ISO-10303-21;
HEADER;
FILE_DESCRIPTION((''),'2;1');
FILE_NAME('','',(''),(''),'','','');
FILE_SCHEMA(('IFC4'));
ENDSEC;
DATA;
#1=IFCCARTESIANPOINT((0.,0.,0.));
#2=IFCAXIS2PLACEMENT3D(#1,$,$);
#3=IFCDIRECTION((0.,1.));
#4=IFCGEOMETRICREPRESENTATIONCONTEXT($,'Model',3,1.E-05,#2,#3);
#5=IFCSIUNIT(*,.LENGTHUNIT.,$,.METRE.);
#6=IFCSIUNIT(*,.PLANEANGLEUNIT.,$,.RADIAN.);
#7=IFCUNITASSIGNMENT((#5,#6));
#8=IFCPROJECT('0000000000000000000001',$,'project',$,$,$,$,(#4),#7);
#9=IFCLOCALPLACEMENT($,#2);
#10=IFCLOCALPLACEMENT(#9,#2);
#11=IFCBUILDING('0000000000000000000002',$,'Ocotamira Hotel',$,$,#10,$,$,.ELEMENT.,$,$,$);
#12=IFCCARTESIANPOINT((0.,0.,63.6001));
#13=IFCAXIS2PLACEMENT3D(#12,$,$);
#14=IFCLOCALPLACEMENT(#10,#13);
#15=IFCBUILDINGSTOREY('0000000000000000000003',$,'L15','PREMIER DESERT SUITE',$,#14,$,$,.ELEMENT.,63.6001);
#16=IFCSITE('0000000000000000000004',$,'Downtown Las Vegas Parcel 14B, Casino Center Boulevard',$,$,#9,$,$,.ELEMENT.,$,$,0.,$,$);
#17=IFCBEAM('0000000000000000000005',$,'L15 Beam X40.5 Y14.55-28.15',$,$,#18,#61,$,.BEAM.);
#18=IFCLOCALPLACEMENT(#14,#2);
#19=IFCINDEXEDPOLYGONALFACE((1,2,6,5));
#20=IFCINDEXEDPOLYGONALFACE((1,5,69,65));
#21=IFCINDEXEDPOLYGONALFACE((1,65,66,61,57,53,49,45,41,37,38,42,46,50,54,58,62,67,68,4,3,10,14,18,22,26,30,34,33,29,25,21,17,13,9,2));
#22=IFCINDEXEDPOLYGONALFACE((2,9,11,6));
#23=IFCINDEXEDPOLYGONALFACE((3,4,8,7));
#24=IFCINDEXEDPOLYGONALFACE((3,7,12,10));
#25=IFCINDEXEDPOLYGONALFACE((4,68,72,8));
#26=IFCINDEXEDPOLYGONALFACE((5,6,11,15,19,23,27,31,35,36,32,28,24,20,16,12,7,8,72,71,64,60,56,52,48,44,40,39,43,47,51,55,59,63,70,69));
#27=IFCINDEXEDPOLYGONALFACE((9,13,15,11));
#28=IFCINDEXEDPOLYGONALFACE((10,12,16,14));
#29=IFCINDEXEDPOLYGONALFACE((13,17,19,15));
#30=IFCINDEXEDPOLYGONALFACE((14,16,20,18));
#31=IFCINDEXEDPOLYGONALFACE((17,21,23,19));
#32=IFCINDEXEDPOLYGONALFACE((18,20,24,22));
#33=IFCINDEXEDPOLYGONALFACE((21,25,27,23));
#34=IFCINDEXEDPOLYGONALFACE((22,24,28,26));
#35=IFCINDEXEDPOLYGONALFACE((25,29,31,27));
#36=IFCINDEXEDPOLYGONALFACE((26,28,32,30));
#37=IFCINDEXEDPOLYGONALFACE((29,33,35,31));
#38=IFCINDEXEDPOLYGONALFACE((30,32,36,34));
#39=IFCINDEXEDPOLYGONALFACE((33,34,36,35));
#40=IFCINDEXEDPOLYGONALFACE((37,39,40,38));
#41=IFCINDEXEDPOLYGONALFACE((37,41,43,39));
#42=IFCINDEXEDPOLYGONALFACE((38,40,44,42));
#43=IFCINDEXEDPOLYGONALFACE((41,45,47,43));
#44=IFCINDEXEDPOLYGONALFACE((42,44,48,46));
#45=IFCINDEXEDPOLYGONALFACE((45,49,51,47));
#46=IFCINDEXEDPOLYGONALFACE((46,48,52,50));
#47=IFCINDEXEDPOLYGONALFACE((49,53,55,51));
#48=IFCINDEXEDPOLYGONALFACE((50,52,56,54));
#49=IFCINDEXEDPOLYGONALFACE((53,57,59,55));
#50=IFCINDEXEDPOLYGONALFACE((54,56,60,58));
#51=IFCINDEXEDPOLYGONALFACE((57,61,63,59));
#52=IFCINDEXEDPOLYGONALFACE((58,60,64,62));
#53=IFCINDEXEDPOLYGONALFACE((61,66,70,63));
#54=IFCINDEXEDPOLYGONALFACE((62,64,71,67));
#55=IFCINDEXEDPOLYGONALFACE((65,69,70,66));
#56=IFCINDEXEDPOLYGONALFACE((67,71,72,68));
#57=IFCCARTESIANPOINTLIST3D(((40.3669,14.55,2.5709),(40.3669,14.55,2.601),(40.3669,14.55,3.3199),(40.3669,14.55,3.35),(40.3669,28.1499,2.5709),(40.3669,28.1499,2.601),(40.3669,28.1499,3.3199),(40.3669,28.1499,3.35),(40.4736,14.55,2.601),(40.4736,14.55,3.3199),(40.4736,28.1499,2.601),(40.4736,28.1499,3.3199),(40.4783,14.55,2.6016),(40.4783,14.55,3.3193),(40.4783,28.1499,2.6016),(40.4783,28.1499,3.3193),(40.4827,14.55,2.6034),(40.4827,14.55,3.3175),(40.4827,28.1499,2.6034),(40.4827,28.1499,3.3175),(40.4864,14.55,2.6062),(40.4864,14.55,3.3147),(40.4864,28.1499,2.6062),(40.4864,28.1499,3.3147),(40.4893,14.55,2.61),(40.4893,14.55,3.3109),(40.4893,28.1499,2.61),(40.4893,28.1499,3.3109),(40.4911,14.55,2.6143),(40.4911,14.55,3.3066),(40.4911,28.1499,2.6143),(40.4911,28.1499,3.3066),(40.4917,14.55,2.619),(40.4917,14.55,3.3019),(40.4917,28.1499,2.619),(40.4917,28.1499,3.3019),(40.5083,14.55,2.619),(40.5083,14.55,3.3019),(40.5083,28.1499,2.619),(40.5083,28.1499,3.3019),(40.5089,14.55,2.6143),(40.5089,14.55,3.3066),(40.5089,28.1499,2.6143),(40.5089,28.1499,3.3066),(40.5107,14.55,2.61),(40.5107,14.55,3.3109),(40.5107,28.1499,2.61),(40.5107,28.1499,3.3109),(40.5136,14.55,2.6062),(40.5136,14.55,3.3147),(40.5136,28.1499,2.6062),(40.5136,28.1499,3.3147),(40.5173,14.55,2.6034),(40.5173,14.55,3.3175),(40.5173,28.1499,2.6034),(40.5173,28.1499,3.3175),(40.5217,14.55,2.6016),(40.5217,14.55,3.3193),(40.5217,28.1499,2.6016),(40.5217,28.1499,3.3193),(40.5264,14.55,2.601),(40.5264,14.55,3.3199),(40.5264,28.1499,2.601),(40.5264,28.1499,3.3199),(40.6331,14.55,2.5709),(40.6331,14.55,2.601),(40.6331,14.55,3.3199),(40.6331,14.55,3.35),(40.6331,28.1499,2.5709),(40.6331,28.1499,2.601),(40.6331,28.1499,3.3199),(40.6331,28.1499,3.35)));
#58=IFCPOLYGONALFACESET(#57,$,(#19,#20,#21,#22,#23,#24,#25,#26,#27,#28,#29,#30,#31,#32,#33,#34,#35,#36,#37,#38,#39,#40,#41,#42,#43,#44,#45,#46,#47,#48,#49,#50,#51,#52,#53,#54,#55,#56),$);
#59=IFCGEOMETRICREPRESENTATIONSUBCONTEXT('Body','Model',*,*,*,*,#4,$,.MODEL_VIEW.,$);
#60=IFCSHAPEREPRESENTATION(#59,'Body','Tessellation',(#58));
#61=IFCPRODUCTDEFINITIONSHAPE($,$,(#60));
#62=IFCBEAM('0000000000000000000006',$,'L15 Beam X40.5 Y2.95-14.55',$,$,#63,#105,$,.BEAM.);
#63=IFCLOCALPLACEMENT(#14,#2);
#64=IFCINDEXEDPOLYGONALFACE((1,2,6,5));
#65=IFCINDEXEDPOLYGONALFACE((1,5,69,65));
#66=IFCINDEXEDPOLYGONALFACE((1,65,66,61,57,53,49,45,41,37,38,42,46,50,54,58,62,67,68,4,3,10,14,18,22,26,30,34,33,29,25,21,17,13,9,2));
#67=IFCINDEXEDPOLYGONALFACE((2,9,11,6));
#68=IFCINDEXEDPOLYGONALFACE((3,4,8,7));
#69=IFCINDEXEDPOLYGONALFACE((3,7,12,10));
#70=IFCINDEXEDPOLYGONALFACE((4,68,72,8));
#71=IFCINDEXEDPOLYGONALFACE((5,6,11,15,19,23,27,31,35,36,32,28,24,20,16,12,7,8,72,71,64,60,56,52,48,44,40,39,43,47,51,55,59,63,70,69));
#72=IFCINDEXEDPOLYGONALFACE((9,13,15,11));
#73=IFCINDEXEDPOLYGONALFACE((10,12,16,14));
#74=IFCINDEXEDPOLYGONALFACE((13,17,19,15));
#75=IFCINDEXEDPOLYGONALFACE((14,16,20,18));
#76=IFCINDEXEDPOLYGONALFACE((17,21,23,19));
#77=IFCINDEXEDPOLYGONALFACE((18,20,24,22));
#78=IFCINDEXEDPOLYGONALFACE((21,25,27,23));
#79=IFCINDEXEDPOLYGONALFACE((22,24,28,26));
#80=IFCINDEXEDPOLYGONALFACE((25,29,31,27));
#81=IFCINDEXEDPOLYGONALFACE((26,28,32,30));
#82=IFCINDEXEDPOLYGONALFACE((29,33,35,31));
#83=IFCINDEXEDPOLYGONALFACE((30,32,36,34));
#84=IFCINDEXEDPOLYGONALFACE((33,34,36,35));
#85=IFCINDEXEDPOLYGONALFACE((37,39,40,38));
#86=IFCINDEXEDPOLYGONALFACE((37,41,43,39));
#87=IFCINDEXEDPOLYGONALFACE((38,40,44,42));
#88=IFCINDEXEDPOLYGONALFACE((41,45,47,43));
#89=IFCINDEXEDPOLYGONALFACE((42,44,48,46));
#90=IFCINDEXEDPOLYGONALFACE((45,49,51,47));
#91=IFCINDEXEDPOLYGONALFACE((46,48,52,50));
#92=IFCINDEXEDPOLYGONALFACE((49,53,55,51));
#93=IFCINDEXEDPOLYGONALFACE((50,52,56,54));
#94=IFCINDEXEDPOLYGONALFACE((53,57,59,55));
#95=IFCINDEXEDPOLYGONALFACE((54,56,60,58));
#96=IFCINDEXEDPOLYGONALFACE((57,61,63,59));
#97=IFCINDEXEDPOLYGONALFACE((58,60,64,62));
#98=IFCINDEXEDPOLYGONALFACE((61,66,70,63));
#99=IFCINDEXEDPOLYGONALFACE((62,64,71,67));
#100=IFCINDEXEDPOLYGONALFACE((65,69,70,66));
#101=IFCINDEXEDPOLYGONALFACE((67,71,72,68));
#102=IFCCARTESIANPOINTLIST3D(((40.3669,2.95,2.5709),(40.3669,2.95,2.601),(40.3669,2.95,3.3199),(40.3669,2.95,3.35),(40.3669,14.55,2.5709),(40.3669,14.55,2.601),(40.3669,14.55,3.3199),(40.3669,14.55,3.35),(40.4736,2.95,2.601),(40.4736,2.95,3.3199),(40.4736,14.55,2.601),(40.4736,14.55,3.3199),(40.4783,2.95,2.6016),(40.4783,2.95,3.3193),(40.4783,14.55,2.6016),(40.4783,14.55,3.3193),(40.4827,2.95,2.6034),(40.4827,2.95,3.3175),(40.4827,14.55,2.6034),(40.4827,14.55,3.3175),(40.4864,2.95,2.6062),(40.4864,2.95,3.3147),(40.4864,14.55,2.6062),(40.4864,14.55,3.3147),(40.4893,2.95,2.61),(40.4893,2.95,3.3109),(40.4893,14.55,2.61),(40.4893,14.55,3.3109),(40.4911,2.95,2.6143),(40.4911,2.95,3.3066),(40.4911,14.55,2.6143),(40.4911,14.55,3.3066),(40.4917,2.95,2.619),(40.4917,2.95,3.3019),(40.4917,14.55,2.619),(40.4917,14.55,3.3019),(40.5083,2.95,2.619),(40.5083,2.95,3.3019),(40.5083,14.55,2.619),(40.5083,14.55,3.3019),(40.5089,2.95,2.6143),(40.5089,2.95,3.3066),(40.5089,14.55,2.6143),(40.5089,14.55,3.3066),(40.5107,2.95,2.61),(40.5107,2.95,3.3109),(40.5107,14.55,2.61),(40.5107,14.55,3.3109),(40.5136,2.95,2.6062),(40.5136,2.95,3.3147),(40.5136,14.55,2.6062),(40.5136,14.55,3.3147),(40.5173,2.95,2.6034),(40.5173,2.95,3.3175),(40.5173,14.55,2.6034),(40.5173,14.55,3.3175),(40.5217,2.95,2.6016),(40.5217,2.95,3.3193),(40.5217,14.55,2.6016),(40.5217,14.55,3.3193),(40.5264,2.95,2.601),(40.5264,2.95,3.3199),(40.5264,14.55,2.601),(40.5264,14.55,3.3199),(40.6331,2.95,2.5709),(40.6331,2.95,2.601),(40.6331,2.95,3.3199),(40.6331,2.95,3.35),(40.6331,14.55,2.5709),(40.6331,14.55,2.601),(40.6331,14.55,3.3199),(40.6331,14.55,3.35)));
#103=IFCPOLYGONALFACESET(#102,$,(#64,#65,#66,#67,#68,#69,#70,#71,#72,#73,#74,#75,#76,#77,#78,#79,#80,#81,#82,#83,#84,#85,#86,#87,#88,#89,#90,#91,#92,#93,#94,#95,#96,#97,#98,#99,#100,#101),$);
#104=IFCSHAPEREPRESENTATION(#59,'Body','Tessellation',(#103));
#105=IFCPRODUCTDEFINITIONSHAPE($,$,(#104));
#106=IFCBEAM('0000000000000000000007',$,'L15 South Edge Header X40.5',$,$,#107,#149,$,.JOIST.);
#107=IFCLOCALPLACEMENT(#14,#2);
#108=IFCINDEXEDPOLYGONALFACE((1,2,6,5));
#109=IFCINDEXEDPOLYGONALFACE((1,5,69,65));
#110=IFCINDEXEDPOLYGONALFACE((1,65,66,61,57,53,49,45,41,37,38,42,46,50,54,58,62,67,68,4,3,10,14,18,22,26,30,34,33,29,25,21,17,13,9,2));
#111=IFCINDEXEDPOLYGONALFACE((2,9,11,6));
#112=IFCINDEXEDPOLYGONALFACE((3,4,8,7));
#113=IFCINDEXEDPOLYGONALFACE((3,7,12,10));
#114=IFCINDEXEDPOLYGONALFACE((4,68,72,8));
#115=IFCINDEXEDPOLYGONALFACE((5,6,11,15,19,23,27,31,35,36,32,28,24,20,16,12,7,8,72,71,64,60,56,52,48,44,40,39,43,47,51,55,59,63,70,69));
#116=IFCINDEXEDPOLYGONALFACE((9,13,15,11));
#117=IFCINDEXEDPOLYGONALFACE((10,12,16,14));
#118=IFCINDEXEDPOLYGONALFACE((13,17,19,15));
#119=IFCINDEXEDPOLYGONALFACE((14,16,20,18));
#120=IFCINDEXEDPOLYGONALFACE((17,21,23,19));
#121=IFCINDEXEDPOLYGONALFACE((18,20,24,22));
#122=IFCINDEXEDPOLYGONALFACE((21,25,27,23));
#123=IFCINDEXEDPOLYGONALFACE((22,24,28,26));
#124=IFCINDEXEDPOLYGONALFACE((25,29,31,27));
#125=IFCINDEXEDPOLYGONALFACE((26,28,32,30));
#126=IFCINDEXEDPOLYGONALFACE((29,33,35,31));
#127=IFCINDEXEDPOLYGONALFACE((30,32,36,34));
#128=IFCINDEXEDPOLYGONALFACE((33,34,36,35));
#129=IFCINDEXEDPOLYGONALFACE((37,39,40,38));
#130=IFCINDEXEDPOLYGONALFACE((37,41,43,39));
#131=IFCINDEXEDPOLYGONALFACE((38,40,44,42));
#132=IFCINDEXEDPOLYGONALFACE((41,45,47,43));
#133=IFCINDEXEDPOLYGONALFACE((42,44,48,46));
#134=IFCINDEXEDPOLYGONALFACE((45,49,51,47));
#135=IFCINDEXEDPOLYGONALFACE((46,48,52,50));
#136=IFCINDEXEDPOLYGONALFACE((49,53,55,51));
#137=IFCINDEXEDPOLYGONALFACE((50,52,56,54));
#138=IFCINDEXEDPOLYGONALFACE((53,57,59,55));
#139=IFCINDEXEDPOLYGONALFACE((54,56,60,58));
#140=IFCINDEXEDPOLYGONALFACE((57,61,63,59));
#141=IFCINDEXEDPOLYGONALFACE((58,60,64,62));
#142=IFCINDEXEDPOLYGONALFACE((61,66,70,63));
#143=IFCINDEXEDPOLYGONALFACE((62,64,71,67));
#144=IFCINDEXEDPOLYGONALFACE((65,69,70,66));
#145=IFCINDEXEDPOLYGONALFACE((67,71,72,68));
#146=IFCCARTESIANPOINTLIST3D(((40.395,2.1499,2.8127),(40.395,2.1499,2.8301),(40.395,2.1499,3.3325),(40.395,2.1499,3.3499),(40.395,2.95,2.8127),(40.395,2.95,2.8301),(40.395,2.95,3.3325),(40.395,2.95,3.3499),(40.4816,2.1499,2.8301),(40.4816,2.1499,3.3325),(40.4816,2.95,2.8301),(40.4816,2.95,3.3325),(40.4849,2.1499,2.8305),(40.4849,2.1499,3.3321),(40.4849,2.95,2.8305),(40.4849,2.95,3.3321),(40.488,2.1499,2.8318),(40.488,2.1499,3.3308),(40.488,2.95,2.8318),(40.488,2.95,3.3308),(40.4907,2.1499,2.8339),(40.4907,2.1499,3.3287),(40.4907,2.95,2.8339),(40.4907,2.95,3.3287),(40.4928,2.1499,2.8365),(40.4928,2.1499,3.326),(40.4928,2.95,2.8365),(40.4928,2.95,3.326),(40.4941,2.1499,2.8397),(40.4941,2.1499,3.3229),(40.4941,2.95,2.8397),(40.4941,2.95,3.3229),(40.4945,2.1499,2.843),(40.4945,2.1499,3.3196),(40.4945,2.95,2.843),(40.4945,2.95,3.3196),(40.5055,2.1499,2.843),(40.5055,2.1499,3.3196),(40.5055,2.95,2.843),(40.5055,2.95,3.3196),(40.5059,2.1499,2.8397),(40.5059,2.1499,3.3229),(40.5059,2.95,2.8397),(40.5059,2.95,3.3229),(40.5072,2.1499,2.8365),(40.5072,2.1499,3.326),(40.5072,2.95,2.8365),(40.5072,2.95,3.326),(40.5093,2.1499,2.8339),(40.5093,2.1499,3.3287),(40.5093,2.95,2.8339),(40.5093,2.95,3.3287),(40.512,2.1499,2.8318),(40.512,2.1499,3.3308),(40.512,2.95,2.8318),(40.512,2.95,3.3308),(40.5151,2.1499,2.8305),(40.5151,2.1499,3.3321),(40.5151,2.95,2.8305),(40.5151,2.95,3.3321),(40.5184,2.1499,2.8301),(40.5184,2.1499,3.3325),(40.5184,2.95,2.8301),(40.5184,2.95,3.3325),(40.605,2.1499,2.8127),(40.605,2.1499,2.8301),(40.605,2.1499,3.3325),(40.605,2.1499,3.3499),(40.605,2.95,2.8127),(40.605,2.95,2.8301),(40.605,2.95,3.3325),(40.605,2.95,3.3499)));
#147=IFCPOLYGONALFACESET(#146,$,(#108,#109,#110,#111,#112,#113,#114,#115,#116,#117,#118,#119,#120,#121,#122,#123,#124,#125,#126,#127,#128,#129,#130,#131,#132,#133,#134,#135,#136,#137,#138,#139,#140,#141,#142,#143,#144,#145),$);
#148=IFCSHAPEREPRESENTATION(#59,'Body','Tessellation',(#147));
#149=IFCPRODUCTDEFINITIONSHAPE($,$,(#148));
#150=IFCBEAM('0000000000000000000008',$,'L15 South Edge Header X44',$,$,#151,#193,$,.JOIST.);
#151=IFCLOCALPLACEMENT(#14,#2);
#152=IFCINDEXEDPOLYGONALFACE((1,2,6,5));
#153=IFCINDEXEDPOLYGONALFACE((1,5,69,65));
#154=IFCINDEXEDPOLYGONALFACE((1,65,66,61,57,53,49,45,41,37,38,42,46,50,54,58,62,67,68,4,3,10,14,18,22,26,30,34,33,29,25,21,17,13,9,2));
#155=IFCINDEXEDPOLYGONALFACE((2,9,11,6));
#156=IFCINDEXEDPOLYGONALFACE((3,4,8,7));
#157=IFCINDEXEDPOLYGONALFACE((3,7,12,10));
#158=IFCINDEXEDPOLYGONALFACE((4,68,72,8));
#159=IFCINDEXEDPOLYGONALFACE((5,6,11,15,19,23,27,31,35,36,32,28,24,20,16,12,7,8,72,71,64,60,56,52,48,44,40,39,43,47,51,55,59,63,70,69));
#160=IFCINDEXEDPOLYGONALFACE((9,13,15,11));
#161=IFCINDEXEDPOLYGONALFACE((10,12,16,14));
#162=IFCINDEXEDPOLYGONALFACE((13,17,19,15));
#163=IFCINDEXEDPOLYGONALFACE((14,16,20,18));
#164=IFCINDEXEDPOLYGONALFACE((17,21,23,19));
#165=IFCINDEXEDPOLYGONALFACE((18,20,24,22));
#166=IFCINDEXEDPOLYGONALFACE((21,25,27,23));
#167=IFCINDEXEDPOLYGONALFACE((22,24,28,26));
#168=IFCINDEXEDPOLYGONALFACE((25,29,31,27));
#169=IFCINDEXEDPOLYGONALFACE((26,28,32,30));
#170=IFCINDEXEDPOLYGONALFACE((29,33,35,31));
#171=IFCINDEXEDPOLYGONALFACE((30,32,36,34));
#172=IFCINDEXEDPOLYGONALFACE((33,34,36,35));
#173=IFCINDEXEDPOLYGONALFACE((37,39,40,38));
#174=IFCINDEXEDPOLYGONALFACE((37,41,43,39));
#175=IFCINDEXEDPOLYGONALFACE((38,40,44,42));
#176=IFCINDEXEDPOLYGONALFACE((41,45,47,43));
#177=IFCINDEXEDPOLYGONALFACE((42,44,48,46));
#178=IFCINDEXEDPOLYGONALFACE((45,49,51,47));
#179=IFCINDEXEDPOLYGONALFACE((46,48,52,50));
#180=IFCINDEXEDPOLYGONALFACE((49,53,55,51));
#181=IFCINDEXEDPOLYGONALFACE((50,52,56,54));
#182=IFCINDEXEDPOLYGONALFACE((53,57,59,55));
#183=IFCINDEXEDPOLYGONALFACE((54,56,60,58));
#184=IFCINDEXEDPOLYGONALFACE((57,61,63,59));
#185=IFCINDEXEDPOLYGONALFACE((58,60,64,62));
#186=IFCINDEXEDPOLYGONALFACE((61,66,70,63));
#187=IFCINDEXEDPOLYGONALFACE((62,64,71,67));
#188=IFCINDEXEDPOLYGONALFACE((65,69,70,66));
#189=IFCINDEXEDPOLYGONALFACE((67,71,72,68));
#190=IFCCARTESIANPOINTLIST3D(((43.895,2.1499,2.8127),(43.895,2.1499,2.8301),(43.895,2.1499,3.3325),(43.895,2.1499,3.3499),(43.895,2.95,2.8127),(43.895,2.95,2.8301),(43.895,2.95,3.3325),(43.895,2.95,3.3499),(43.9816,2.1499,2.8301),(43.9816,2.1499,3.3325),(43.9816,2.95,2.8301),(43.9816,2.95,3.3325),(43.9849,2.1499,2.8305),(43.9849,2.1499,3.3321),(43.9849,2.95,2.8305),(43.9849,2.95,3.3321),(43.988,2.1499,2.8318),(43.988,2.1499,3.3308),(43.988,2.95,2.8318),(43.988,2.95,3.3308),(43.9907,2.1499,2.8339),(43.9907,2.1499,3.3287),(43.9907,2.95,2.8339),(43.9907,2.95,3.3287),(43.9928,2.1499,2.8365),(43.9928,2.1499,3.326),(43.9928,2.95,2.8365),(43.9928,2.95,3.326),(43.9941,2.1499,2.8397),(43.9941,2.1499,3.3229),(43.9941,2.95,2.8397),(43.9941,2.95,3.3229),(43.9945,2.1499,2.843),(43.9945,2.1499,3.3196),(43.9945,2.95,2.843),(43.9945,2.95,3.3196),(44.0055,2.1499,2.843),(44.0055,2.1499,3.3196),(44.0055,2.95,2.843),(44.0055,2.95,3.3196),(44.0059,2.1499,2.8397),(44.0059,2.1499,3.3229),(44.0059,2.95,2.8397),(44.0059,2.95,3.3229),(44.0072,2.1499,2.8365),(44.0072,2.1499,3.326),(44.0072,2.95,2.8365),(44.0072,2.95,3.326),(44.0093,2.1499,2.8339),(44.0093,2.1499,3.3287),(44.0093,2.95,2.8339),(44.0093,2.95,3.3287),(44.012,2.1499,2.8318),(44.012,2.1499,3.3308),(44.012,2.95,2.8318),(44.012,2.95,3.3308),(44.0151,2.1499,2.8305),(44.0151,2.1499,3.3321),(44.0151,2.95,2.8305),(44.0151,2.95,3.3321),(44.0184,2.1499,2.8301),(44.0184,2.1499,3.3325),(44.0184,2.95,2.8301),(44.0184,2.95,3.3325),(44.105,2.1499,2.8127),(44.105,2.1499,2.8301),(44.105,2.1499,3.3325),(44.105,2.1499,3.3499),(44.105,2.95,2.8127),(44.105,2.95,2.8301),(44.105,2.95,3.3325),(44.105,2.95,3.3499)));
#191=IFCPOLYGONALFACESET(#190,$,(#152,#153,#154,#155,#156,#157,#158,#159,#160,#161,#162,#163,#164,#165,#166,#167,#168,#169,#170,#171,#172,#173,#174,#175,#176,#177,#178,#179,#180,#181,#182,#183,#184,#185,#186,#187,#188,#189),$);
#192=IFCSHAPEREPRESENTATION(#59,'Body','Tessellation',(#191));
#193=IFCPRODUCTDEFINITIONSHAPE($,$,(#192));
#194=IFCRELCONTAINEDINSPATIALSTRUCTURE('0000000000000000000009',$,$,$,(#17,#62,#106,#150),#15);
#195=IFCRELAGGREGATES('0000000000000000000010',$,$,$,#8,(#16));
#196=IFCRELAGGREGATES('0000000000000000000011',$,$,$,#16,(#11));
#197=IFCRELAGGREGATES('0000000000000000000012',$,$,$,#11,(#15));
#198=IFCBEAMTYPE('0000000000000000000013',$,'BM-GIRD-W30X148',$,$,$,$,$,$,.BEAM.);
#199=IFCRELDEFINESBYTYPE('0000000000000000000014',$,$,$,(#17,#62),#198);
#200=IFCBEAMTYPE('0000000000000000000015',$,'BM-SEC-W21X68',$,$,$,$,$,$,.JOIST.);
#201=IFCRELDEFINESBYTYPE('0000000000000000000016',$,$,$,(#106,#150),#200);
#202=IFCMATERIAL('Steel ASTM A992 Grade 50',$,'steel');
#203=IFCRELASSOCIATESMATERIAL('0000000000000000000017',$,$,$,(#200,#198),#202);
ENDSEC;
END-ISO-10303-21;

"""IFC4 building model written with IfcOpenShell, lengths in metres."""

from ifc_helpers import new_model, si_unit, direction, frame, origin, origin_2d, place, context, subcontext, project, spatial, i_section, extrude, source, transform, mapped, material, material_profile, profile_set, type_object, element, save


model = new_model("IFC4")

# Units and contexts
model_context = context("Model", 3, precision=1e-05, world=origin(), true_north=direction((0.0, 1.0)))
body_context = subcontext(model_context, "Body", "Model", "MODEL_VIEW")
ifc_project = project(units=[si_unit("LENGTHUNIT", "METRE"), si_unit("PLANEANGLEUNIT", "RADIAN")], contexts=[model_context])

# Site, building, storey
site_placement = place(None, origin())
site = spatial("IfcSite", under=ifc_project, at=site_placement, Name="Downtown Las Vegas Parcel 14B, Casino Center Boulevard", CompositionType="ELEMENT", RefElevation=0.0)
building_placement = place(site_placement, origin())
building = spatial("IfcBuilding", under=site, at=building_placement, Name="Ocotamira Hotel", CompositionType="ELEMENT")
storey_placement = place(building_placement, frame((0.0, 0.0, 63.6001)))
storey = spatial("IfcBuildingStorey", under=building, at=storey_placement, Name="L15", Description="PREMIER DESERT SUITE", CompositionType="ELEMENT", Elevation=63.6001)

# Beams
ifc_material_1 = material(Name="Steel ASTM A992 Grade 50", Category="steel")
ifc_material_profile_1 = material_profile(ifc_material_1, i_section(OverallWidth=0.21, OverallDepth=0.5371, WebThickness=0.011, FlangeThickness=0.0173, FilletRadius=0.0129, at=origin_2d()), Name="W21X68")
ifc_profile_set_1 = profile_set([ifc_material_profile_1], Name="Steel ASTM A992 Grade 50")
beam_type_1 = type_object("IfcBeamType", Name="BM-SEC-W21X68", PredefinedType="JOIST", material=ifc_profile_set_1)
ifc_material_profile_2 = material_profile(ifc_material_1, i_section(OverallWidth=0.2661, OverallDepth=0.7791, WebThickness=0.0166, FlangeThickness=0.03, FilletRadius=0.0181, at=origin_2d()), Name="W30X148")
ifc_profile_set_2 = profile_set([ifc_material_profile_2], Name="Steel ASTM A992 Grade 50")
beam_type_2 = type_object("IfcBeamType", Name="BM-GIRD-W30X148", PredefinedType="BEAM", material=ifc_profile_set_2)
shared_shape_1 = source(origin(), body_context, "Body", "SweptSolid", [
    extrude(i_section(OverallWidth=0.2661, OverallDepth=0.7791, WebThickness=0.0166, FlangeThickness=0.03, FilletRadius=0.0181, at=origin_2d()), origin(), (0.0, 0.0, 1.0), 13.5999),
])
beam_1_placement = place(storey_placement, frame((40.5, 14.55, 2.9604), z_axis=(0.0, 1.0, 0.0), x_axis=(-1.0, 0.0, 0.0)))
element("IfcBeam", 1, at=beam_1_placement, inside=storey, type_object=beam_type_2, Name="L15 Beam X40.5 Y14.55-28.15", PredefinedType="BEAM", context=body_context, shape_type="MappedRepresentation", body=[
    mapped(shared_shape_1, transform((0.0, 0.0, 0.0), scale=1.0)),
])
shared_shape_2 = source(origin(), body_context, "Body", "SweptSolid", [
    extrude(i_section(OverallWidth=0.2661, OverallDepth=0.7791, WebThickness=0.0166, FlangeThickness=0.03, FilletRadius=0.0181, at=origin_2d()), origin(), (0.0, 0.0, 1.0), 11.6001),
])
beam_2_placement = place(storey_placement, frame((40.5, 2.95, 2.9604), z_axis=(0.0, 1.0, 0.0), x_axis=(-1.0, 0.0, 0.0)))
element("IfcBeam", 2, at=beam_2_placement, inside=storey, type_object=beam_type_2, Name="L15 Beam X40.5 Y2.95-14.55", PredefinedType="BEAM", context=body_context, shape_type="MappedRepresentation", body=[
    mapped(shared_shape_2, transform((0.0, 0.0, 0.0), scale=1.0)),
])
shared_shape_3 = source(origin(), body_context, "Body", "SweptSolid", [
    extrude(i_section(OverallWidth=0.21, OverallDepth=0.5371, WebThickness=0.011, FlangeThickness=0.0173, FilletRadius=0.0129, at=origin_2d()), origin(), (0.0, 0.0, 1.0), 0.8),
])
for number, where, z_axis, x_axis, name in (
    (3, (40.5, 2.95, 3.0813), (0.0, -1.0, 0.0), (1.0, 0.0, 0.0), "L15 South Edge Header X40.5"),
    (4, (44.0, 2.95, 3.0813), (0.0, -1.0, 0.0), (1.0, 0.0, 0.0), "L15 South Edge Header X44"),
):
    element("IfcBeam", number, at=place(storey_placement, frame(where, z_axis=z_axis, x_axis=x_axis)), inside=storey, type_object=beam_type_1, Name=name, PredefinedType="JOIST", context=body_context, shape_type="MappedRepresentation", body=[
        mapped(shared_shape_3, transform((0.0, 0.0, 0.0), scale=1.0)),
    ])

save(model, "model.ifc")
